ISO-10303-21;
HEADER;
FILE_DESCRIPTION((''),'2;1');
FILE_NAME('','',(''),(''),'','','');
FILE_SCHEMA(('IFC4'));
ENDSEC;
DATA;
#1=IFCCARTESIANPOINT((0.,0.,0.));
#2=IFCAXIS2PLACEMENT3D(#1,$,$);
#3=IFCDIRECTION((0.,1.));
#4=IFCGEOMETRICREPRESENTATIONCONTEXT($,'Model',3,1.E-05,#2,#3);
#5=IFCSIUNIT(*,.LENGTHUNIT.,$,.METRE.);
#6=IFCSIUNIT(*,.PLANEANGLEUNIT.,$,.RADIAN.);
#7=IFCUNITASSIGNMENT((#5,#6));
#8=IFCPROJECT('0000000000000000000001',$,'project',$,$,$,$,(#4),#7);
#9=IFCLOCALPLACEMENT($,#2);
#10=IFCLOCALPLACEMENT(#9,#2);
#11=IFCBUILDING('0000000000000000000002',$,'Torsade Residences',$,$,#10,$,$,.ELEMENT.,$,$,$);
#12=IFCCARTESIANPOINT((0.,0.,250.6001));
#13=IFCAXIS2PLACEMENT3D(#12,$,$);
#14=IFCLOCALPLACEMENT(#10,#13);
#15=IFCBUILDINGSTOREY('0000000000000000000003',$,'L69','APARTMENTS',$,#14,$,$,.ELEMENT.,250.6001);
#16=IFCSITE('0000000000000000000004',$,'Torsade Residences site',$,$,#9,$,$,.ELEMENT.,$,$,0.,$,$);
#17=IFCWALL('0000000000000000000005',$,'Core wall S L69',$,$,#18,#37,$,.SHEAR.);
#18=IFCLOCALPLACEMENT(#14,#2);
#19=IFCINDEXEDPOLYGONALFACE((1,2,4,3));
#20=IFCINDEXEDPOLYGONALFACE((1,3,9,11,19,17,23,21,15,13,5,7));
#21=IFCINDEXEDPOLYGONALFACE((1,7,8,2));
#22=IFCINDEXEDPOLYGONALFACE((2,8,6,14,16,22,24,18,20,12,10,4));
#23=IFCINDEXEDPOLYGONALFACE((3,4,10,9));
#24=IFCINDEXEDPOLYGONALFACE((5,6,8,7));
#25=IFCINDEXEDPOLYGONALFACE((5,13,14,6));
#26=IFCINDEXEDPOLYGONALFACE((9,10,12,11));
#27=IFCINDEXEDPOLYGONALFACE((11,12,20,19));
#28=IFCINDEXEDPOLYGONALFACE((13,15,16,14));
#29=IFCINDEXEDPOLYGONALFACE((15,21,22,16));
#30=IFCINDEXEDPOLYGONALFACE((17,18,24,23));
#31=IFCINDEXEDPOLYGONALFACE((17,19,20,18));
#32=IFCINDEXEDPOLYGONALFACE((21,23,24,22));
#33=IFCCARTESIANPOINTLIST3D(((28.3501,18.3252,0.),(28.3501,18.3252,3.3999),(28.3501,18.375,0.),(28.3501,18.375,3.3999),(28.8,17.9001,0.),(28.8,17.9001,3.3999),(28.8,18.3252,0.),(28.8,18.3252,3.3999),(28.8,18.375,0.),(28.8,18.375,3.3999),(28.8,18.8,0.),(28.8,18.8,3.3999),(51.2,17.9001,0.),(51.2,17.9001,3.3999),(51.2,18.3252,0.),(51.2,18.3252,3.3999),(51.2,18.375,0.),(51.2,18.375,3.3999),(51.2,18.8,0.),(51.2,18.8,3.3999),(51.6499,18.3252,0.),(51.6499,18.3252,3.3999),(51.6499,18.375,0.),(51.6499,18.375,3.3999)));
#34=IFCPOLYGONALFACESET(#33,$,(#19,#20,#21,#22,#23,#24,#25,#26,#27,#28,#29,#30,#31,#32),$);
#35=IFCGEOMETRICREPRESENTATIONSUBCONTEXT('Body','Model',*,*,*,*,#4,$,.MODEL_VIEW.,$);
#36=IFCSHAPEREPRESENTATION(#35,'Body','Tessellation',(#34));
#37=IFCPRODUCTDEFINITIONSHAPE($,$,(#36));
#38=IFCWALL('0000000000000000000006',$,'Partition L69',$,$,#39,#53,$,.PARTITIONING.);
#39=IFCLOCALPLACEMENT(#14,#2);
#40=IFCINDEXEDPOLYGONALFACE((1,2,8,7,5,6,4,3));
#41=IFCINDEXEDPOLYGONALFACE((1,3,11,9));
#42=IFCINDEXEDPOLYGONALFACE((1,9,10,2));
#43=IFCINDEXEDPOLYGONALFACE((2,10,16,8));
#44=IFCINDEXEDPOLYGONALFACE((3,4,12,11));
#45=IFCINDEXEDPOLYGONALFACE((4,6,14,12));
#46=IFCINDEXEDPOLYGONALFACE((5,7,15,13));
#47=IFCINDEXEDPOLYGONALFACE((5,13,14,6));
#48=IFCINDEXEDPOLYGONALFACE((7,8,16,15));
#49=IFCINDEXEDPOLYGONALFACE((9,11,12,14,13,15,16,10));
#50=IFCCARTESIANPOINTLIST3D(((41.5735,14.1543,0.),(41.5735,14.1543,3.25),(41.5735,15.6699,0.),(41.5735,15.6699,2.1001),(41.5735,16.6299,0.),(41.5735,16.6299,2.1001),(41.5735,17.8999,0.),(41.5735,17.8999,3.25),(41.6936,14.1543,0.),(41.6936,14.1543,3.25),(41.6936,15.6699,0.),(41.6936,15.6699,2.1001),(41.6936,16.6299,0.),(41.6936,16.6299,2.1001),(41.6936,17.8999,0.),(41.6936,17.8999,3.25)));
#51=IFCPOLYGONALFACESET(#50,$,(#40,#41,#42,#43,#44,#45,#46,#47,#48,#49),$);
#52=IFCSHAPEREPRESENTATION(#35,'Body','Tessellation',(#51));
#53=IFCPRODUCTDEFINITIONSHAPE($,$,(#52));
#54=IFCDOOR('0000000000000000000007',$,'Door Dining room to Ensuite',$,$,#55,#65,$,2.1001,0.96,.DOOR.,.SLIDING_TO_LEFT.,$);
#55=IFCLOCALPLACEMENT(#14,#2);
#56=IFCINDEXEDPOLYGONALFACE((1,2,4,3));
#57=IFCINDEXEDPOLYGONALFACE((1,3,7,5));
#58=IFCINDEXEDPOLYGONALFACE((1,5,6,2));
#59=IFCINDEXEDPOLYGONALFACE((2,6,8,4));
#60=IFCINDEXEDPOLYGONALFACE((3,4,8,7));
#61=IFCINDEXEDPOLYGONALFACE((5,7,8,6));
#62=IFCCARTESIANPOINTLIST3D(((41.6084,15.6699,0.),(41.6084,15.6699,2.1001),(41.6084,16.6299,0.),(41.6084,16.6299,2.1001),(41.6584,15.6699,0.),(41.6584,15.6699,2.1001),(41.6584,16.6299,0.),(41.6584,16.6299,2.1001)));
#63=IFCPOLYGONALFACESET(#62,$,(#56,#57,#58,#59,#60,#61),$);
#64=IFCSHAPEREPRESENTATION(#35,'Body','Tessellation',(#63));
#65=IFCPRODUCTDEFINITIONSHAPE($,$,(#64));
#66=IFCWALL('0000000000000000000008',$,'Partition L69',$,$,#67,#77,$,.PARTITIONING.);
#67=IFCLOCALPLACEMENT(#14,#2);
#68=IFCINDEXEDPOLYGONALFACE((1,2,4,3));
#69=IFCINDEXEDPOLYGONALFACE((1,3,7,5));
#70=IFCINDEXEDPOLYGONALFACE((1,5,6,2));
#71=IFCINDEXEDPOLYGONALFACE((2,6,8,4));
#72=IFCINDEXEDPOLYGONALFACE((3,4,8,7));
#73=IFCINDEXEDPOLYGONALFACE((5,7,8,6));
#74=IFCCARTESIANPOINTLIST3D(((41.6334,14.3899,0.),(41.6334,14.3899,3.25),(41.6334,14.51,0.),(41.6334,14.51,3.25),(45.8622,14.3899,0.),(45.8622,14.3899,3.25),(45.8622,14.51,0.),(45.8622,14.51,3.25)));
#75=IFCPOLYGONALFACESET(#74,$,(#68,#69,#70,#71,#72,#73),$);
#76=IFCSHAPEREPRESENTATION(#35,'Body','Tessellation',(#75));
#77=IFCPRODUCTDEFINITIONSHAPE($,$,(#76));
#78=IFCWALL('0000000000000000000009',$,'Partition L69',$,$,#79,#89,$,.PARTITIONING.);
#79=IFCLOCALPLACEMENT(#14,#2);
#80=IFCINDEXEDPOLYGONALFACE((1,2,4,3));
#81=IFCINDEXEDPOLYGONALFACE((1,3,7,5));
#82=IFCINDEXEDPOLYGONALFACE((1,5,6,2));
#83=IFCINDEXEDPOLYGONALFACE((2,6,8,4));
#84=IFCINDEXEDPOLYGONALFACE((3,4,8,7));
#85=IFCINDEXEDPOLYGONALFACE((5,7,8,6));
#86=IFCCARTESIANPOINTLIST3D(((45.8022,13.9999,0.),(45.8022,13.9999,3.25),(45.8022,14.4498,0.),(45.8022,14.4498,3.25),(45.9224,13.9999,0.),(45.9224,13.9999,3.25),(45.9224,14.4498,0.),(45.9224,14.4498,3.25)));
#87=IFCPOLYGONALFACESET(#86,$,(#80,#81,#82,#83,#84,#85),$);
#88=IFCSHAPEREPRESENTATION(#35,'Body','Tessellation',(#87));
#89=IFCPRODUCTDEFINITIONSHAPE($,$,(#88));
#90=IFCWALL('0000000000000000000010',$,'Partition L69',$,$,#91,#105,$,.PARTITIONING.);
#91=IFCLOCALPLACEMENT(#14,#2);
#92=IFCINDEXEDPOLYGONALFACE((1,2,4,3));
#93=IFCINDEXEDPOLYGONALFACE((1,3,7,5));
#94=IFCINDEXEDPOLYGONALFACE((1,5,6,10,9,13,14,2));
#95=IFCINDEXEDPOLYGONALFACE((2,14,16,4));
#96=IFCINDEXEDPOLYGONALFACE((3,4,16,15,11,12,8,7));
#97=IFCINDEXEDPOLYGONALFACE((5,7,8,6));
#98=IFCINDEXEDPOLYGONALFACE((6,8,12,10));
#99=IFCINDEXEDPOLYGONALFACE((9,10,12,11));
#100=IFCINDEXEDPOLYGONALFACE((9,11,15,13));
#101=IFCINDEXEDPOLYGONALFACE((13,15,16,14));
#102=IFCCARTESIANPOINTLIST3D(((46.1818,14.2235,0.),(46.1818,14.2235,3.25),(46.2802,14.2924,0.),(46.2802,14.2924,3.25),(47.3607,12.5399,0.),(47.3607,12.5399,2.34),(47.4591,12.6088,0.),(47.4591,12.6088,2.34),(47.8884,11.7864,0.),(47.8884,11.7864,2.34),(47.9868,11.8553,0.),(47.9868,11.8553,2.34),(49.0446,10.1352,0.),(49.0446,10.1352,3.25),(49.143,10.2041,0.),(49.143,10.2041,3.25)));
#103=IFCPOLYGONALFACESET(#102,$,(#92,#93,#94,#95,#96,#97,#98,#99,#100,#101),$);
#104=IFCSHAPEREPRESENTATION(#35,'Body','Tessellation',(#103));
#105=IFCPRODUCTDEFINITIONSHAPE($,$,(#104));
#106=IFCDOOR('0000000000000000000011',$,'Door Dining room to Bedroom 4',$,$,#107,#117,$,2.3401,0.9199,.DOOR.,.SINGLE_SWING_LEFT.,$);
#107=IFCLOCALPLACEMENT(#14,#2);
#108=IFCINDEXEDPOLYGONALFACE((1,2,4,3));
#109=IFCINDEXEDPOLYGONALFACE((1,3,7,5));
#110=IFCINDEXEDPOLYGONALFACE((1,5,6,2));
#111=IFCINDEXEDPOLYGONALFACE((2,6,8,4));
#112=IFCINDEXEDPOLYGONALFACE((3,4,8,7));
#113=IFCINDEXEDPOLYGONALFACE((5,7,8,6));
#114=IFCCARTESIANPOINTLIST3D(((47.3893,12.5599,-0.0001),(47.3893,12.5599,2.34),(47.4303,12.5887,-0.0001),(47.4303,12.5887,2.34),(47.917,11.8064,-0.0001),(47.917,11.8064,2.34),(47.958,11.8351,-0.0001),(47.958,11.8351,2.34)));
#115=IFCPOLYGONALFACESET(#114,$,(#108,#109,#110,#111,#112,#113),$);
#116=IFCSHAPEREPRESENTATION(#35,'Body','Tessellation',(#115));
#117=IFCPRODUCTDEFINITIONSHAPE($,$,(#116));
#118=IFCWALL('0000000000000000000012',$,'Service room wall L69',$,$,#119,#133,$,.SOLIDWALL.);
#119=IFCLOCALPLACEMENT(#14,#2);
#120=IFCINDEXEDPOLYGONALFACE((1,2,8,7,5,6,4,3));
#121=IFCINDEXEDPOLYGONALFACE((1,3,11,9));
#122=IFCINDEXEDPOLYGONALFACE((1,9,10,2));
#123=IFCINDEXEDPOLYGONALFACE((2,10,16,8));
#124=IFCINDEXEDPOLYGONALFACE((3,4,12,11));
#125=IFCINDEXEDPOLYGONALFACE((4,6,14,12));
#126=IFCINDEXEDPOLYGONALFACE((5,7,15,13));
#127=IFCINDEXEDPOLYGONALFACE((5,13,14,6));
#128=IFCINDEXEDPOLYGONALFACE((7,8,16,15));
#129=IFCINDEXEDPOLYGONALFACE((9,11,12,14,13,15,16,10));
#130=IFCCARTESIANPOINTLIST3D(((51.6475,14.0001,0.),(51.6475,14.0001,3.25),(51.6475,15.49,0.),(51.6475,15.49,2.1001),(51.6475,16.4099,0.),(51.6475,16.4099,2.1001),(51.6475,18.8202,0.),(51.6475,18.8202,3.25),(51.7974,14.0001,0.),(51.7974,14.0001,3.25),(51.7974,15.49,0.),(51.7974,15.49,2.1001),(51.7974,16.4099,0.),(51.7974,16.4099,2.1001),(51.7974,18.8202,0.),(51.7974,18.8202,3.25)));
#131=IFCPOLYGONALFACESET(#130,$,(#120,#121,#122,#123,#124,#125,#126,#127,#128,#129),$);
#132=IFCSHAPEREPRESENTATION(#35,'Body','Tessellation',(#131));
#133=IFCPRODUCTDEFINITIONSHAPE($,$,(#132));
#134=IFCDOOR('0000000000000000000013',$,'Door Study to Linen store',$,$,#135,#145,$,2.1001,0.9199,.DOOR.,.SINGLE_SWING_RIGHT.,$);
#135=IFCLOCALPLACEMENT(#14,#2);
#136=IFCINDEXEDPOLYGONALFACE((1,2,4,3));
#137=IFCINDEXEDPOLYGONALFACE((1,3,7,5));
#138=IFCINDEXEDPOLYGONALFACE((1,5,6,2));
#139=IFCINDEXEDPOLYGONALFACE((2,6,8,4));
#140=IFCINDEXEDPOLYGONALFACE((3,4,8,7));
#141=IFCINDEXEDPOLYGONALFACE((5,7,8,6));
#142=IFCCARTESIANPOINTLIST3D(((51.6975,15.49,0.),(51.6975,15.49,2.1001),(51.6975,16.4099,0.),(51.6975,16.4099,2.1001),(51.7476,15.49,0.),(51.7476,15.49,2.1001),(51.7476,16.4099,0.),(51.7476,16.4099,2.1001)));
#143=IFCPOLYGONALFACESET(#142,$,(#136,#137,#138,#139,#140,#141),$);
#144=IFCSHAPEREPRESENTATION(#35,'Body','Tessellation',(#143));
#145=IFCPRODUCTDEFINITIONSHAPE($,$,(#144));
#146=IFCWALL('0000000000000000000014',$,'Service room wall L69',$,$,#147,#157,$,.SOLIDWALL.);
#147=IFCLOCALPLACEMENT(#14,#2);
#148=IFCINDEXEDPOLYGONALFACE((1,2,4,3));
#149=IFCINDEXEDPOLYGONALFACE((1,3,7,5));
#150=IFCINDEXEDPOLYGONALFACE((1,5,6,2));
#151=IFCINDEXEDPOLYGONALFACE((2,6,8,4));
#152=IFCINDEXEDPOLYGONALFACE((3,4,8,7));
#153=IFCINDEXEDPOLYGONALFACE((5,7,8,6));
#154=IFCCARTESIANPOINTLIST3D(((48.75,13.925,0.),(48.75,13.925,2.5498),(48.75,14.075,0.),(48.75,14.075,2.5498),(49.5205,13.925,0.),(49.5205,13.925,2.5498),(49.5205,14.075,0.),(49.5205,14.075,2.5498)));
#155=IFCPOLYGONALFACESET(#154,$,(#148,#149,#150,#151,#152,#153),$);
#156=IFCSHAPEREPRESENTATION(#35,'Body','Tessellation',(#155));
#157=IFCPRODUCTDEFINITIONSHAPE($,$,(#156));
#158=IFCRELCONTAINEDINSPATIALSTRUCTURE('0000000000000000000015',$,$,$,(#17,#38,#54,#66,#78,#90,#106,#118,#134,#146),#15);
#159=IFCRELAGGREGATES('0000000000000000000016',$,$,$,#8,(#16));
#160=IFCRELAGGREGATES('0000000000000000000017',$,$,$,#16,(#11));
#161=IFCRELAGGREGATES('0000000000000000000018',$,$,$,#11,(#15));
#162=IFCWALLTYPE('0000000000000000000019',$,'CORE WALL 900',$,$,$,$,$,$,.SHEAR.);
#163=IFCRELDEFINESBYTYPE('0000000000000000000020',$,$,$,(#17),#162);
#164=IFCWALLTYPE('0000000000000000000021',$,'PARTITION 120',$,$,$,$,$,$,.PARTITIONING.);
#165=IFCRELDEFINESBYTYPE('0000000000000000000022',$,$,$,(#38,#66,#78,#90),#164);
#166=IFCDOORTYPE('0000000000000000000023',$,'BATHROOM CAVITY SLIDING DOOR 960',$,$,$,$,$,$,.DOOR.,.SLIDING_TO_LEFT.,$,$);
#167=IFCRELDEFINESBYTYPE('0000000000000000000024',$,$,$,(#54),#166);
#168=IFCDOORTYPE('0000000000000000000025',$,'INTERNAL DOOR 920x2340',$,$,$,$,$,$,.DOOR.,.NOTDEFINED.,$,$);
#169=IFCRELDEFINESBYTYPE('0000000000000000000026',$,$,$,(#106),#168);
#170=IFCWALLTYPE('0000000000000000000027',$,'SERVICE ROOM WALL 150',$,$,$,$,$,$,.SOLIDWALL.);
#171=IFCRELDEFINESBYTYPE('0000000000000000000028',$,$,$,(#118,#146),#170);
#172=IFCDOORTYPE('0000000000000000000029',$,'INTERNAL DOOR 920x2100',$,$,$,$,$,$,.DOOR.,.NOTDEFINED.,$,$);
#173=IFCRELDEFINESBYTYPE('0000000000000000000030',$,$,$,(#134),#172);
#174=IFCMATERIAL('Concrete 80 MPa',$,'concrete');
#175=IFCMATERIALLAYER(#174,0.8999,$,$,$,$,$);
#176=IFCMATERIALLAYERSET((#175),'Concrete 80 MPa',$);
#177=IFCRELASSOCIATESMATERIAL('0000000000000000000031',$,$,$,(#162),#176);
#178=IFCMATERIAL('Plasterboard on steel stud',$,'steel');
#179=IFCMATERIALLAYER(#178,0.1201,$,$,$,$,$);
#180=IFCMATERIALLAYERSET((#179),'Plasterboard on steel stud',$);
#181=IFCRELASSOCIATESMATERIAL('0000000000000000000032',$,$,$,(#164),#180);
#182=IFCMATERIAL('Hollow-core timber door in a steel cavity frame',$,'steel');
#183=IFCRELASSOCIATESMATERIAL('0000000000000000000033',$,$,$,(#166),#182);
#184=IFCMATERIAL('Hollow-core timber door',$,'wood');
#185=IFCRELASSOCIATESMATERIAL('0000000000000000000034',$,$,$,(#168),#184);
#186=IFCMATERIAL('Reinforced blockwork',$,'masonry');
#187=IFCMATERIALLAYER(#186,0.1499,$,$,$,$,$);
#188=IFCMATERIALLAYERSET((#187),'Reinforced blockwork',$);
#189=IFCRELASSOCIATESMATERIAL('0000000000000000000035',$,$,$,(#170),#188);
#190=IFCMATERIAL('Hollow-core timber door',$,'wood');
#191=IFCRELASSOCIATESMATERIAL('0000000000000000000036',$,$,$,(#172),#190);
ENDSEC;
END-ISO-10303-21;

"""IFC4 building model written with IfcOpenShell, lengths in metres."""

from ifc_helpers import new_model, si_unit, direction, frame, frame_2d, origin, place, context, subcontext, project, spatial, polyline, rectangle, outline, extrude, material, layer, layer_set, type_object, element, fill, save


model = new_model("IFC4")

# Units and contexts
model_context = context("Model", 3, precision=1e-05, world=origin(), true_north=direction((0.0, 1.0)))
body_context = subcontext(model_context, "Body", "Model", "MODEL_VIEW")
ifc_project = project(units=[si_unit("LENGTHUNIT", "METRE"), si_unit("PLANEANGLEUNIT", "RADIAN")], contexts=[model_context])

# Site, building, storey
site_placement = place(None, origin())
site = spatial("IfcSite", under=ifc_project, at=site_placement, Name="Torsade Residences site", CompositionType="ELEMENT", RefElevation=0.0)
building_placement = place(site_placement, origin())
building = spatial("IfcBuilding", under=site, at=building_placement, Name="Torsade Residences", CompositionType="ELEMENT")
storey_placement = place(building_placement, frame((0.0, 0.0, 250.6001)))
storey = spatial("IfcBuildingStorey", under=building, at=storey_placement, Name="L69", Description="APARTMENTS", CompositionType="ELEMENT", Elevation=250.6001)

# Wall
ifc_material_1 = material(Name="Concrete 80 MPa", Category="concrete")
ifc_layer_1 = layer(ifc_material_1, 0.8999)
ifc_layer_set_1 = layer_set([ifc_layer_1], Name="Concrete 80 MPa")
wall_type_1 = type_object("IfcWallType", Name="CORE WALL 900", PredefinedType="SHEAR", material=ifc_layer_set_1)
wall_1_placement = place(storey_placement, frame((51.2, 18.3501, 0.0), z_axis=(0.0, 0.0, 1.0), x_axis=(-1.0, 0.0, 0.0)))
element("IfcWall", 1, at=wall_1_placement, inside=storey, type_object=wall_type_1, Name="Core wall S L69", PredefinedType="SHEAR", context=body_context, shape_type="SweptSolid", body=[
    extrude(outline(polyline([(0.0, -0.45), (22.3999, -0.45), (22.3999, -0.0249), (22.8499, -0.0249), (22.8499, 0.0249), (22.3999, 0.0249), (22.3999, 0.45), (0.0, 0.45), (0.0, 0.0249), (-0.45, 0.0249), (-0.45, -0.0249), (0.0, -0.0249), (0.0, -0.45)])), origin(), (0.0, 0.0, 1.0), 3.3999),
])

# Wall, opening, door
ifc_material_2 = material(Name="Plasterboard on steel stud", Category="steel")
ifc_layer_2 = layer(ifc_material_2, 0.1201)
ifc_layer_set_2 = layer_set([ifc_layer_2], Name="Plasterboard on steel stud")
wall_type_2 = type_object("IfcWallType", Name="PARTITION 120", PredefinedType="PARTITIONING", material=ifc_layer_set_2)
wall_2_placement = place(storey_placement, frame((41.6335, 17.8999, 0.0), z_axis=(0.0, 0.0, 1.0), x_axis=(0.0, -1.0, 0.0)))
wall_2 = element("IfcWall", 2, at=wall_2_placement, inside=storey, type_object=wall_type_2, Name="Partition L69", PredefinedType="PARTITIONING", context=body_context, shape_type="SweptSolid", body=[
    extrude(rectangle(XDim=3.7456, YDim=0.1201, at=frame_2d((1.8728, 0.0))), origin(), (0.0, 0.0, 1.0), 3.25),
])
opening_1_placement = place(wall_2_placement, frame((1.27, 0.0, 0.0)))
opening_1 = element("IfcOpeningElement", 3, at=opening_1_placement, cuts=wall_2, PredefinedType="OPENING", context=body_context, shape_type="SweptSolid", body=[
    extrude(rectangle(XDim=0.96, YDim=2.1001, at=frame_2d((0.48, 1.05))), frame((0.0, 0.0701, 0.0), z_axis=(0.0, -1.0, 0.0), x_axis=(1.0, 0.0, 0.0)), (0.0, 0.0, 1.0), 0.1401),
])
ifc_material_3 = material(Name="Hollow-core timber door in a steel cavity frame", Category="steel")
door_type_1 = type_object("IfcDoorType", Name="BATHROOM CAVITY SLIDING DOOR 960", OperationType="SLIDING_TO_LEFT", PredefinedType="DOOR", material=ifc_material_3)
door_1_placement = place(opening_1_placement, origin())
door_1 = element("IfcDoor", 4, at=door_1_placement, inside=storey, type_object=door_type_1, Name="Door Dining room to Ensuite", OperationType="SLIDING_TO_LEFT", OverallHeight=2.1001, OverallWidth=0.96, PredefinedType="DOOR", context=body_context, shape_type="SweptSolid", body=[
    extrude(rectangle(XDim=0.96, YDim=2.1001, at=frame_2d((0.48, 1.05))), frame((0.0, 0.0249, 0.0), z_axis=(0.0, -1.0, 0.0), x_axis=(1.0, 0.0, 0.0)), (0.0, 0.0, 1.0), 0.05),
])
fill(opening_1, door_1)

# Walls
wall_3_placement = place(storey_placement, frame((41.6335, 14.45, 0.0), z_axis=(0.0, 0.0, 1.0), x_axis=(1.0, 0.0, 0.0)))
element("IfcWall", 5, at=wall_3_placement, inside=storey, type_object=wall_type_2, Name="Partition L69", PredefinedType="PARTITIONING", context=body_context, shape_type="SweptSolid", body=[
    extrude(rectangle(XDim=4.2288, YDim=0.1201, at=frame_2d((2.1143, 0.0))), origin(), (0.0, 0.0, 1.0), 3.25),
])
wall_4_placement = place(storey_placement, frame((45.8623, 14.45, 0.0), z_axis=(0.0, 0.0, 1.0), x_axis=(0.0, -1.0, 0.0)))
element("IfcWall", 6, at=wall_4_placement, inside=storey, type_object=wall_type_2, Name="Partition L69", PredefinedType="PARTITIONING", context=body_context, shape_type="SweptSolid", body=[
    extrude(rectangle(XDim=0.45, YDim=0.1201, at=frame_2d((0.2251, 0.0))), origin(), (0.0, 0.0, 1.0), 3.25),
])

# Walls, openings, doors
wall_5_placement = place(storey_placement, frame((46.231, 14.2581, 0.0), z_axis=(0.0, 0.0, 1.0), x_axis=(0.573587, -0.819145, 0.0)))
wall_5 = element("IfcWall", 7, at=wall_5_placement, inside=storey, type_object=wall_type_2, Name="Partition L69", PredefinedType="PARTITIONING", context=body_context, shape_type="SweptSolid", body=[
    extrude(rectangle(XDim=4.991, YDim=0.1201, at=frame_2d((2.4956, 0.0))), origin(), (0.0, 0.0, 1.0), 3.25),
])
opening_2_placement = place(wall_5_placement, frame((2.0554, 0.0, 0.0)))
opening_2 = element("IfcOpeningElement", 8, at=opening_2_placement, cuts=wall_5, PredefinedType="OPENING", context=body_context, shape_type="SweptSolid", body=[
    extrude(rectangle(XDim=0.9199, YDim=2.3401, at=frame_2d((0.46, 1.1699))), frame((0.0, 0.0701, 0.0), z_axis=(0.0, -1.0, 0.0), x_axis=(1.0, 0.0, 0.0)), (0.0, 0.0, 1.0), 0.1401),
])
ifc_material_4 = material(Name="Hollow-core timber door", Category="wood")
door_type_2 = type_object("IfcDoorType", Name="INTERNAL DOOR 920x2340", OperationType="NOTDEFINED", PredefinedType="DOOR", material=ifc_material_4)
door_2_placement = place(opening_2_placement, origin())
door_2 = element("IfcDoor", 9, at=door_2_placement, inside=storey, type_object=door_type_2, Name="Door Dining room to Bedroom 4", OperationType="SINGLE_SWING_LEFT", OverallHeight=2.3401, OverallWidth=0.9199, PredefinedType="DOOR", context=body_context, shape_type="SweptSolid", body=[
    extrude(rectangle(XDim=0.9199, YDim=2.3401, at=frame_2d((0.46, 1.1699))), frame((0.0, 0.0249, 0.0), z_axis=(0.0, -1.0, 0.0), x_axis=(1.0, 0.0, 0.0)), (0.0, 0.0, 1.0), 0.05),
])
fill(opening_2, door_2)
ifc_material_5 = material(Name="Reinforced blockwork", Category="masonry")
ifc_layer_3 = layer(ifc_material_5, 0.1499)
ifc_layer_set_3 = layer_set([ifc_layer_3], Name="Reinforced blockwork")
wall_type_3 = type_object("IfcWallType", Name="SERVICE ROOM WALL 150", PredefinedType="SOLIDWALL", material=ifc_layer_set_3)
wall_6_placement = place(storey_placement, frame((51.7224, 14.0, 0.0), z_axis=(0.0, 0.0, 1.0), x_axis=(0.0, 1.0, 0.0)))
wall_6 = element("IfcWall", 10, at=wall_6_placement, inside=storey, type_object=wall_type_3, Name="Service room wall L69", PredefinedType="SOLIDWALL", context=body_context, shape_type="SweptSolid", body=[
    extrude(rectangle(XDim=4.8201, YDim=0.1499, at=frame_2d((2.4102, 0.0))), origin(), (0.0, 0.0, 1.0), 3.25),
])
opening_3_placement = place(wall_6_placement, frame((1.49, 0.0, 0.0)))
opening_3 = element("IfcOpeningElement", 11, at=opening_3_placement, cuts=wall_6, PredefinedType="OPENING", context=body_context, shape_type="SweptSolid", body=[
    extrude(rectangle(XDim=0.9199, YDim=2.1001, at=frame_2d((0.46, 1.05))), frame((0.0, 0.085, 0.0), z_axis=(0.0, -1.0, 0.0), x_axis=(1.0, 0.0, 0.0)), (0.0, 0.0, 1.0), 0.1699),
])
ifc_material_6 = material(Name="Hollow-core timber door", Category="wood")
door_type_3 = type_object("IfcDoorType", Name="INTERNAL DOOR 920x2100", OperationType="NOTDEFINED", PredefinedType="DOOR", material=ifc_material_6)
door_3_placement = place(opening_3_placement, origin())
door_3 = element("IfcDoor", 12, at=door_3_placement, inside=storey, type_object=door_type_3, Name="Door Study to Linen store", OperationType="SINGLE_SWING_RIGHT", OverallHeight=2.1001, OverallWidth=0.9199, PredefinedType="DOOR", context=body_context, shape_type="SweptSolid", body=[
    extrude(rectangle(XDim=0.9199, YDim=2.1001, at=frame_2d((0.46, 1.05))), frame((0.0, 0.0249, 0.0), z_axis=(0.0, -1.0, 0.0), x_axis=(1.0, 0.0, 0.0)), (0.0, 0.0, 1.0), 0.05),
])
fill(opening_3, door_3)

# Wall
wall_7_placement = place(storey_placement, frame((49.5205, 14.0, 0.0), z_axis=(0.0, 0.0, 1.0), x_axis=(-1.0, 0.0, 0.0)))
element("IfcWall", 13, at=wall_7_placement, inside=storey, type_object=wall_type_3, Name="Service room wall L69", PredefinedType="SOLIDWALL", context=body_context, shape_type="SweptSolid", body=[
    extrude(rectangle(XDim=0.7705, YDim=0.1499, at=frame_2d((0.3853, 0.0))), origin(), (0.0, 0.0, 1.0), 2.5498),
])

save(model, "model.ifc")
